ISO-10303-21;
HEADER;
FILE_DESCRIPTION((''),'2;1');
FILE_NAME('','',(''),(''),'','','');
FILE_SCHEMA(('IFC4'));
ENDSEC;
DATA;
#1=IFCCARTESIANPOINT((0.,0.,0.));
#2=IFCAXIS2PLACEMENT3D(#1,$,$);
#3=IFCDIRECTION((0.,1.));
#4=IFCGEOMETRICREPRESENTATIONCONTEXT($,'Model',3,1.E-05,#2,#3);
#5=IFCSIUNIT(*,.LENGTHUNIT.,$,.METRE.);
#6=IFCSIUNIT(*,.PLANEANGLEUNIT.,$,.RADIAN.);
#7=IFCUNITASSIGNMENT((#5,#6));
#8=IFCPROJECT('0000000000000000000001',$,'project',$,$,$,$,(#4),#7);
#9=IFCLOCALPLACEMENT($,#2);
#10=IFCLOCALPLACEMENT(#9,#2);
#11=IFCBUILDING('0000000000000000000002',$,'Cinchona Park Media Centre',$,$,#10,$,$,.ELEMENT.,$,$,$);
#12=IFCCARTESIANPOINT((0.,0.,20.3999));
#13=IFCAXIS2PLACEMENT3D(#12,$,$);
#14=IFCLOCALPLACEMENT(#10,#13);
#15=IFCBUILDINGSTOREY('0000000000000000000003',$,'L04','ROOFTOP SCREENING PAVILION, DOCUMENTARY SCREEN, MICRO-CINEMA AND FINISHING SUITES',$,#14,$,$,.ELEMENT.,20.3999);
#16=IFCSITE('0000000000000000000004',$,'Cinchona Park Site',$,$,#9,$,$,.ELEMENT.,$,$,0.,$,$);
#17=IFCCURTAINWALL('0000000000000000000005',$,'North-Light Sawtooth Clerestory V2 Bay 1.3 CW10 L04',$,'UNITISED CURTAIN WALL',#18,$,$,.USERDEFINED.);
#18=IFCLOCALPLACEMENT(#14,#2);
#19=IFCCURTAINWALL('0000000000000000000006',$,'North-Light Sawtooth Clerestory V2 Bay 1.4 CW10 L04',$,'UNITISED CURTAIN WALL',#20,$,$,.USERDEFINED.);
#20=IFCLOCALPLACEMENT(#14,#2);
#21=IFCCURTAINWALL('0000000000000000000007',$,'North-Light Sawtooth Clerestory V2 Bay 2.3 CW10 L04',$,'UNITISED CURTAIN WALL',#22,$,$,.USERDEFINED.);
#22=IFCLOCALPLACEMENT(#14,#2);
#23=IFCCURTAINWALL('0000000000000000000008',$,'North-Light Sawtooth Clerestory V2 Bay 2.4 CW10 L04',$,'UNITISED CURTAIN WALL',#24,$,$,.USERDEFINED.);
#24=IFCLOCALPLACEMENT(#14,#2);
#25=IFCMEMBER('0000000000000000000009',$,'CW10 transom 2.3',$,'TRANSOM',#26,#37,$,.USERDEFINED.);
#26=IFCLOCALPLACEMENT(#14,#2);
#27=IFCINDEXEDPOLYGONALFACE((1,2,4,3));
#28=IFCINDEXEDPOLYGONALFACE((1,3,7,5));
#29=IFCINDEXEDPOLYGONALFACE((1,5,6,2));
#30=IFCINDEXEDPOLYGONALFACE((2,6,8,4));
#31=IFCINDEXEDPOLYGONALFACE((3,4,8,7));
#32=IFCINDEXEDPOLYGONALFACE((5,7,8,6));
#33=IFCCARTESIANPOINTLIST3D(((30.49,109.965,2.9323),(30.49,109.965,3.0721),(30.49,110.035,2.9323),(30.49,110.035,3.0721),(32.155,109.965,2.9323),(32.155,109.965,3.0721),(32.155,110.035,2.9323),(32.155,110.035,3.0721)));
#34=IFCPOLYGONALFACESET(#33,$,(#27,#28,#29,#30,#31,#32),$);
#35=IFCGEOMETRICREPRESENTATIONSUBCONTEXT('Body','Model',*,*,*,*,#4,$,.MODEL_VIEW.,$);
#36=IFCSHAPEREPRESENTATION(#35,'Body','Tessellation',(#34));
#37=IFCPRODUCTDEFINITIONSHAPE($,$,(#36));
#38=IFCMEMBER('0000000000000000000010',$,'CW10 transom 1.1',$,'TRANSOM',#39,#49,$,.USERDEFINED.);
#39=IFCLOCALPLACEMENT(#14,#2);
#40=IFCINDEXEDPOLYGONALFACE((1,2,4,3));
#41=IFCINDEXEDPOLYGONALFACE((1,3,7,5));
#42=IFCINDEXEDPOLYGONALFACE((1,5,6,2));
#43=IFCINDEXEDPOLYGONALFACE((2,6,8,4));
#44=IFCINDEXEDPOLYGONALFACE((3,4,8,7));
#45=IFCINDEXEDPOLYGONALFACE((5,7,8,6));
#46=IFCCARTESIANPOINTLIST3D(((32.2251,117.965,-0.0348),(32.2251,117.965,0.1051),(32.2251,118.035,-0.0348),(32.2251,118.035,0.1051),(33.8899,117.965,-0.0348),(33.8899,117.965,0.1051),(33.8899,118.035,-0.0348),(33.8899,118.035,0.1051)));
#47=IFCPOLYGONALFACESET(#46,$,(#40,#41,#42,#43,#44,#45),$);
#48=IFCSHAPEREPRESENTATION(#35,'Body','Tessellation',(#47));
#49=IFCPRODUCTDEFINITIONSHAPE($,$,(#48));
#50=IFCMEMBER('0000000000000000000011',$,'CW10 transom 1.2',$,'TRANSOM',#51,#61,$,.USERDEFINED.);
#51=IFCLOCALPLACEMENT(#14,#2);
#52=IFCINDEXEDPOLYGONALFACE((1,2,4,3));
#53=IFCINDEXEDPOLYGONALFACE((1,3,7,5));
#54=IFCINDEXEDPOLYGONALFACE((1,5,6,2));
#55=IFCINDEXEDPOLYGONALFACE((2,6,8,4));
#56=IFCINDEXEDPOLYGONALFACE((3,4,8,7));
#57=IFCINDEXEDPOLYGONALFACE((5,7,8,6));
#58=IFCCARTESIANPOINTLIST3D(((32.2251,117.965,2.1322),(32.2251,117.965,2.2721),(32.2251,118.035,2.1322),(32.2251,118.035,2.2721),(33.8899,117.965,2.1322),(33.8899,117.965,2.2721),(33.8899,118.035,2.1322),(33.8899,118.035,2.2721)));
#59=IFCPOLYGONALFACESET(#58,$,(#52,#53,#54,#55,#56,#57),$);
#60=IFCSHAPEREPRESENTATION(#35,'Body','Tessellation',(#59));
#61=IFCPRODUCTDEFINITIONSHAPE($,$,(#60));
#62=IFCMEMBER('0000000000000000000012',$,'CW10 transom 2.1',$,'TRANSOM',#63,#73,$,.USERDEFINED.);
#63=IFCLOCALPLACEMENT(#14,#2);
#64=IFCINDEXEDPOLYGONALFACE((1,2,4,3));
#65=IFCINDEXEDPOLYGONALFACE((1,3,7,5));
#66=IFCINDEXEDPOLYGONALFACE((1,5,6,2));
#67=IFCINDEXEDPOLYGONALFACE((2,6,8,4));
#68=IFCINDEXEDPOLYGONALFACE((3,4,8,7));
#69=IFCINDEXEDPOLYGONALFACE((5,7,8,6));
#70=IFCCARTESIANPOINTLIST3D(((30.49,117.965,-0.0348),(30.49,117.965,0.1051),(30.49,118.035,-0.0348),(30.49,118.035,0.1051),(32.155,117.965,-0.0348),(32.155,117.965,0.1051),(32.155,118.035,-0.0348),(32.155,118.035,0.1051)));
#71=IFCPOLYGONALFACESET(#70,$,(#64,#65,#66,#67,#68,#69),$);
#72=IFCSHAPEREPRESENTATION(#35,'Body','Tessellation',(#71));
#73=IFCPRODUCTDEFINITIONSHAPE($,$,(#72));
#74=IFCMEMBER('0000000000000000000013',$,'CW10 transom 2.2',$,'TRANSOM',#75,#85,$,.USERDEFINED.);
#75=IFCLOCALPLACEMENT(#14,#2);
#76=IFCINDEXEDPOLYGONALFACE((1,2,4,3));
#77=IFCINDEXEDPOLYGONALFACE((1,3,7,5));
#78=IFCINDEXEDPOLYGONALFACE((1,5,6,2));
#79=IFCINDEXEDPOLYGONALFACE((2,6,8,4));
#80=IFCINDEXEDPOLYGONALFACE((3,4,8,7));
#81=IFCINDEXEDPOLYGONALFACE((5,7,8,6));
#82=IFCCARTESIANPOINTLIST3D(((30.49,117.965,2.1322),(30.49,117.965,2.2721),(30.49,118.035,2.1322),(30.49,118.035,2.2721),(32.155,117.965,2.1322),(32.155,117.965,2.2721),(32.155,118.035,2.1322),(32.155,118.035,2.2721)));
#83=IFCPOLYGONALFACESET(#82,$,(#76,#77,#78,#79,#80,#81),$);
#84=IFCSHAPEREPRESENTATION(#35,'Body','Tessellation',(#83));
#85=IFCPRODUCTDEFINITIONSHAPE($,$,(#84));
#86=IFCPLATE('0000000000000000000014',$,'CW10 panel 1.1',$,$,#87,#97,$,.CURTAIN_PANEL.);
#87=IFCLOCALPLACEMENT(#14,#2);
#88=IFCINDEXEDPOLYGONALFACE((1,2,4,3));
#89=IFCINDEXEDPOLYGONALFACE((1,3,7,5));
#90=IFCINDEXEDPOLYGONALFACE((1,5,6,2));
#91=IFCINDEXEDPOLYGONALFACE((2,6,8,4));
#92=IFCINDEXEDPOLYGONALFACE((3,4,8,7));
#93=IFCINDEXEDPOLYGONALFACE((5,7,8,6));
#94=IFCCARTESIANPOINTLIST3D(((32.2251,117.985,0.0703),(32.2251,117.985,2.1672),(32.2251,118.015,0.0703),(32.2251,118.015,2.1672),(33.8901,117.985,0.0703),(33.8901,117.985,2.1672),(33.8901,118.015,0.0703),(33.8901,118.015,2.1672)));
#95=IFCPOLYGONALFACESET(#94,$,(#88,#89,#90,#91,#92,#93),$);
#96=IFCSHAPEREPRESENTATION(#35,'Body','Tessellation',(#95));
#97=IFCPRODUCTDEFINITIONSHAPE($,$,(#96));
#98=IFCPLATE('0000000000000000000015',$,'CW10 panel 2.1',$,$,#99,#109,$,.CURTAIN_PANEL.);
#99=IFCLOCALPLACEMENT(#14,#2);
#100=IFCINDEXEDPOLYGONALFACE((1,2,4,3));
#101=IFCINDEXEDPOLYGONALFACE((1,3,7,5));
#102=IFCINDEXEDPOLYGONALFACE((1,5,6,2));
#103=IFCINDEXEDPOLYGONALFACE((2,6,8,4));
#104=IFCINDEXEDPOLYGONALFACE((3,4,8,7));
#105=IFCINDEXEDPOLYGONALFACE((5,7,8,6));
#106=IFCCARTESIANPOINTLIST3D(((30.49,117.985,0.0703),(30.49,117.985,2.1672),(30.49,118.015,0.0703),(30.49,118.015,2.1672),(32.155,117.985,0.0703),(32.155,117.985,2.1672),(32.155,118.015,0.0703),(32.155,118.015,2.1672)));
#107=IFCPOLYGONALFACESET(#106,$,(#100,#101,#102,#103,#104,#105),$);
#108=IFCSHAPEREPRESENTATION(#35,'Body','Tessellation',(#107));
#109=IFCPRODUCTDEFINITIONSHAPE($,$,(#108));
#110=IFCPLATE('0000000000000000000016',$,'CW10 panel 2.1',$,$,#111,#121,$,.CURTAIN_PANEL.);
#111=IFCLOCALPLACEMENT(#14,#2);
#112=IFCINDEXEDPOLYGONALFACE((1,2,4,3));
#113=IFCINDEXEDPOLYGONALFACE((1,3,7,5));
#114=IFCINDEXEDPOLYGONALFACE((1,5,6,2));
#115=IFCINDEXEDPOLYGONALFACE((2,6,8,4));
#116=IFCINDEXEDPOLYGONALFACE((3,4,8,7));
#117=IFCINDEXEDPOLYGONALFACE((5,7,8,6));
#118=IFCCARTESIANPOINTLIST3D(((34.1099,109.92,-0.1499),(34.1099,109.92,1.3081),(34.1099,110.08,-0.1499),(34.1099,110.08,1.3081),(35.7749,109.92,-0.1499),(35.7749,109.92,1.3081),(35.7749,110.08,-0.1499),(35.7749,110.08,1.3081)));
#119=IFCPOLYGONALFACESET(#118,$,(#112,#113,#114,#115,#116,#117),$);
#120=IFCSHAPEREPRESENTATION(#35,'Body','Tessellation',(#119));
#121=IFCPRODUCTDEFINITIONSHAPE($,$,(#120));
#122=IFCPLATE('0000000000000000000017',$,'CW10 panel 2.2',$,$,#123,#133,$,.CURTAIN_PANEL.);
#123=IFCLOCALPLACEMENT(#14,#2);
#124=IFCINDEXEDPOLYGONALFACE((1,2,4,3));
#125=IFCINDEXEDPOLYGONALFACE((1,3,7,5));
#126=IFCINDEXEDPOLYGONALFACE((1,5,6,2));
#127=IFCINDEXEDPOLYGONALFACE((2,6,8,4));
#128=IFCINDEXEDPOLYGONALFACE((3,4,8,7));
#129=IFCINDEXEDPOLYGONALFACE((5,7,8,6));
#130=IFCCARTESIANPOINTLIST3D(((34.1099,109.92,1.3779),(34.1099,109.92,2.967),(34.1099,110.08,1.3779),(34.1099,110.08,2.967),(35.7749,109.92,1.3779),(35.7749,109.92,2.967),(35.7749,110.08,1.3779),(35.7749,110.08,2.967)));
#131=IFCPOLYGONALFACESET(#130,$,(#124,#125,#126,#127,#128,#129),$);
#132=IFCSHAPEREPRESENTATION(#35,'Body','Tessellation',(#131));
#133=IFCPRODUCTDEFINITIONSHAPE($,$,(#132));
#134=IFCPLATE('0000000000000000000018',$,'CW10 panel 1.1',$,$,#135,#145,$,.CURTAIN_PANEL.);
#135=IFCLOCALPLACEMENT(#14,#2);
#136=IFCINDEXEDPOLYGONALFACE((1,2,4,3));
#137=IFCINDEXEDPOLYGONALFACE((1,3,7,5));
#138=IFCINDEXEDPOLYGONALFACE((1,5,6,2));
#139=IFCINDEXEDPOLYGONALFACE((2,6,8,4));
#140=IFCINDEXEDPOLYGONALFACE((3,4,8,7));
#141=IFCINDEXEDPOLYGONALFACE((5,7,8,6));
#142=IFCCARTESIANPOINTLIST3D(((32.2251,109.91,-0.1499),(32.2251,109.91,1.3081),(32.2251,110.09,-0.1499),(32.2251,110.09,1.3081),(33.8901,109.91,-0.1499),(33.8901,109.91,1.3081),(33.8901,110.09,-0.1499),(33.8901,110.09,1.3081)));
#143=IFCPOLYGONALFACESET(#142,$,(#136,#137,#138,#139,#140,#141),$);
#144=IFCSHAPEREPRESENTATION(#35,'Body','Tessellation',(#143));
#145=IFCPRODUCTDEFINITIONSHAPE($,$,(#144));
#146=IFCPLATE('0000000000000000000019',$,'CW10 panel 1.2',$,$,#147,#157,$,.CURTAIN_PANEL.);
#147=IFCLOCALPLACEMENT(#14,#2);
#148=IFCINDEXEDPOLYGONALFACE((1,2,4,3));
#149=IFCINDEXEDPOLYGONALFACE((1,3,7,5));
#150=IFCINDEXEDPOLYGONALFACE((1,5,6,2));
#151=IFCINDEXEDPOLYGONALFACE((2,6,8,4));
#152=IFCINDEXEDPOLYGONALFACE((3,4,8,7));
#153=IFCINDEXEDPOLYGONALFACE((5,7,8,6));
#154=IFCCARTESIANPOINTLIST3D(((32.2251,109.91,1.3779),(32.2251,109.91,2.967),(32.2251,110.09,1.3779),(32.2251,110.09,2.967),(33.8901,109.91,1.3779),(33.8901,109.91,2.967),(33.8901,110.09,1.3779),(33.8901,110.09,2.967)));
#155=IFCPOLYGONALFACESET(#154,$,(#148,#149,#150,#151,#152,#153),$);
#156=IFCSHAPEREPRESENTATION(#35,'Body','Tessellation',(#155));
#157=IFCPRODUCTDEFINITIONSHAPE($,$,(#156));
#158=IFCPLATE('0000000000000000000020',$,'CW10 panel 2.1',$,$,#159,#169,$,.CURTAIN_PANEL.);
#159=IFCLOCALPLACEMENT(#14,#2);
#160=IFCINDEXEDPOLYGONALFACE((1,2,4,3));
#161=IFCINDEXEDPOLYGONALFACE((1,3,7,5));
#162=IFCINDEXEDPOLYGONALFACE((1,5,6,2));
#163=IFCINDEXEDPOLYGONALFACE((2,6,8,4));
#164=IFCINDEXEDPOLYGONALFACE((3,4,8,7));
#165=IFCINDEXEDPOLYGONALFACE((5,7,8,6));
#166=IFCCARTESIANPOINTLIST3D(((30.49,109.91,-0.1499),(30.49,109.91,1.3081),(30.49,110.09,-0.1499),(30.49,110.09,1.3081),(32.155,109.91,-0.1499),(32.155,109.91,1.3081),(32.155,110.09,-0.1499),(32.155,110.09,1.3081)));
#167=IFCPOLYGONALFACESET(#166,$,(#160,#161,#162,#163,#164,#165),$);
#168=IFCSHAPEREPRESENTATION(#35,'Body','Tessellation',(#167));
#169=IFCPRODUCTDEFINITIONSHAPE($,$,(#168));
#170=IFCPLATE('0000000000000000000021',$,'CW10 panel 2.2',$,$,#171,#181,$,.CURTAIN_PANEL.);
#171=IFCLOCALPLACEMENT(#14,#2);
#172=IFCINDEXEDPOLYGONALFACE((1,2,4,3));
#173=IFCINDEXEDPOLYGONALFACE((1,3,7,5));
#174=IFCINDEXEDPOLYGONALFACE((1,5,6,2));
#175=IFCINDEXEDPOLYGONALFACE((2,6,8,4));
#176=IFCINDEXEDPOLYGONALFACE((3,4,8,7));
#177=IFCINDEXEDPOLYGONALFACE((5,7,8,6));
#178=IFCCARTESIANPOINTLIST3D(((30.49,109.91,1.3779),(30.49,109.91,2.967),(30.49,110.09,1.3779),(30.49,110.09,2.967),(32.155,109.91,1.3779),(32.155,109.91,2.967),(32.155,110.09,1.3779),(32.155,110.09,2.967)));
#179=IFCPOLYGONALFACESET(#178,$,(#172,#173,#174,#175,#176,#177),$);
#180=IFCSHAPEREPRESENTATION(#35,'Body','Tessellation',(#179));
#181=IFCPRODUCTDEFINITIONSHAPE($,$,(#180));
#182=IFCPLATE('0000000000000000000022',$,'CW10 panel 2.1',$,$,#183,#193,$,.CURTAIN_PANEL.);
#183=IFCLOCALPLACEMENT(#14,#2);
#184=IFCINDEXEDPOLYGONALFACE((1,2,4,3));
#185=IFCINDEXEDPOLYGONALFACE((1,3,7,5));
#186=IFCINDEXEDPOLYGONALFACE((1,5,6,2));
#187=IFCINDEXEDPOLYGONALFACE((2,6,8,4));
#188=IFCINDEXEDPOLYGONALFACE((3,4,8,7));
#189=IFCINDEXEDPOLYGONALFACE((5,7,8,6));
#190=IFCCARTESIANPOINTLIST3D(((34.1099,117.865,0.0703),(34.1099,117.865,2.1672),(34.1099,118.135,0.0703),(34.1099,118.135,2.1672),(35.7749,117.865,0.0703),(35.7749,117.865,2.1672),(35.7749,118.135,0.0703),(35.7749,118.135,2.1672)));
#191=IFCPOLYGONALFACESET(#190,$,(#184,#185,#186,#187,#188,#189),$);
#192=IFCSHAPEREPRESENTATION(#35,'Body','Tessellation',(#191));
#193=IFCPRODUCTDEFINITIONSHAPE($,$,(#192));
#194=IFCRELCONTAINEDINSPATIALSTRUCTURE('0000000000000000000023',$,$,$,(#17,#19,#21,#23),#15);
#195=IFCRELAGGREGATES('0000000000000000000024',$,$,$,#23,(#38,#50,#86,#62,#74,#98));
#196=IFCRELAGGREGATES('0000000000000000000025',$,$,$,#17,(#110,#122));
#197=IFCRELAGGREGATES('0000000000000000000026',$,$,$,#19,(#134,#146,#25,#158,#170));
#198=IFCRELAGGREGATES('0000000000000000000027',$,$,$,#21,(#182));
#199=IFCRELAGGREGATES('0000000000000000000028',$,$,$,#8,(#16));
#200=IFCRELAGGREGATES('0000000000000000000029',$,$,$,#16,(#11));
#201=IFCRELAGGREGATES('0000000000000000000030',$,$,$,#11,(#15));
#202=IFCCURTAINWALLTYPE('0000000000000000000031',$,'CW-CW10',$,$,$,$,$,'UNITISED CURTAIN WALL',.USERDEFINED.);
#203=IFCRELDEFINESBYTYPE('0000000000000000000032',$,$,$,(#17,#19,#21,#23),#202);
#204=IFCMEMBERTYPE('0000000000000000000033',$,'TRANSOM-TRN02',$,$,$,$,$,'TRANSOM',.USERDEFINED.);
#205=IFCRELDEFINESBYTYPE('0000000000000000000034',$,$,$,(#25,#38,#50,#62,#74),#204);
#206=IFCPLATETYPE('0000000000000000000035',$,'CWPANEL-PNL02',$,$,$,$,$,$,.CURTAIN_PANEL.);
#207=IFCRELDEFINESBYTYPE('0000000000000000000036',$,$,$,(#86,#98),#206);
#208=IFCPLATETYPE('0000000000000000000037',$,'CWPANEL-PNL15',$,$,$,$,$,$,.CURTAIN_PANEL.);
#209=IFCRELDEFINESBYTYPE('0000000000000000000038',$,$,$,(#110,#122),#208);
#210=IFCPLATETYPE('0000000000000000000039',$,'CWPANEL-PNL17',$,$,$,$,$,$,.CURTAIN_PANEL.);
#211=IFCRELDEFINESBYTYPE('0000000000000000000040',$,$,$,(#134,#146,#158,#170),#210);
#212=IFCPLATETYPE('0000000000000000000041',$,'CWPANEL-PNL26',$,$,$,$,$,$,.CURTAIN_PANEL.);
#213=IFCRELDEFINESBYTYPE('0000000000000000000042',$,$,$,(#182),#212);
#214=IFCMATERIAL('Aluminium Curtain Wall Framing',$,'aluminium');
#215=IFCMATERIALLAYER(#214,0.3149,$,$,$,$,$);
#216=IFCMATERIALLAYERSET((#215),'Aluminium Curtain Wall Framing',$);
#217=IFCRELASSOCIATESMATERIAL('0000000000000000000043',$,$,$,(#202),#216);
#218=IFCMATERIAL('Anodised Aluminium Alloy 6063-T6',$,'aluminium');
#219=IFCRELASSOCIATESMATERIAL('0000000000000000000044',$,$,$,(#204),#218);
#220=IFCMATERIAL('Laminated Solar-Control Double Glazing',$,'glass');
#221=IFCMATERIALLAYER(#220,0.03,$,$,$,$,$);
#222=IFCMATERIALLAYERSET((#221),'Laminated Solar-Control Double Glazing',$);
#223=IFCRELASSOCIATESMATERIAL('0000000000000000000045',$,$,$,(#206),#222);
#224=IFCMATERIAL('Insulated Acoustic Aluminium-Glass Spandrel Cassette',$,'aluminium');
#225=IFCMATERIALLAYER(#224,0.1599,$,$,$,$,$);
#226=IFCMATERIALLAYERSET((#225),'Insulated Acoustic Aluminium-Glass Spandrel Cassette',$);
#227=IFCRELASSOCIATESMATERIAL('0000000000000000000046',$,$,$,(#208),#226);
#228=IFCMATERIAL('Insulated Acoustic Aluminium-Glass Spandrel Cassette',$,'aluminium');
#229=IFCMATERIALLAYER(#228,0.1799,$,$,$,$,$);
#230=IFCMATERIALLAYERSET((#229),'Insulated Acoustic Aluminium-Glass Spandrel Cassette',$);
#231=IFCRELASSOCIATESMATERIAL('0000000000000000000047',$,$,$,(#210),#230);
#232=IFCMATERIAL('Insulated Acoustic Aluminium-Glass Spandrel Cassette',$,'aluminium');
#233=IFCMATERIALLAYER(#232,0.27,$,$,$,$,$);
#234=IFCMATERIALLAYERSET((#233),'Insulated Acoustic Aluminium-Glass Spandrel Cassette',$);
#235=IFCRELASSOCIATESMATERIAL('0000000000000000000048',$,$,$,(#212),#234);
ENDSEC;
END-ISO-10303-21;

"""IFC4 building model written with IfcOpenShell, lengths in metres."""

from ifc_helpers import new_model, si_unit, direction, frame, origin, origin_2d, place, context, subcontext, project, spatial, rectangle, extrude, material, layer, layer_set, material_profile, profile_set, type_object, element, aggregate, save


model = new_model("IFC4")

# Units and contexts
model_context = context("Model", 3, precision=1e-05, world=origin(), true_north=direction((0.0, 1.0)))
body_context = subcontext(model_context, "Body", "Model", "MODEL_VIEW")
ifc_project = project(units=[si_unit("LENGTHUNIT", "METRE"), si_unit("PLANEANGLEUNIT", "RADIAN")], contexts=[model_context])

# Site, building, storey
site_placement = place(None, origin())
site = spatial("IfcSite", under=ifc_project, at=site_placement, Name="Cinchona Park Site", CompositionType="ELEMENT", RefElevation=0.0)
building_placement = place(site_placement, origin())
building = spatial("IfcBuilding", under=site, at=building_placement, Name="Cinchona Park Media Centre", CompositionType="ELEMENT")
storey_placement = place(building_placement, frame((0.0, 0.0, 20.3999)))
storey = spatial("IfcBuildingStorey", under=building, at=storey_placement, Name="L04", Description="ROOFTOP SCREENING PAVILION, DOCUMENTARY SCREEN, MICRO-CINEMA AND FINISHING SUITES", CompositionType="ELEMENT", Elevation=20.3999)

# Curtain wall
ifc_material_1 = material(Name="Aluminium Curtain Wall Framing", Category="aluminium")
ifc_layer_1 = layer(ifc_material_1, 0.3149)
ifc_layer_set_1 = layer_set([ifc_layer_1], Name="Aluminium Curtain Wall Framing")
curtain_wall_type = type_object("IfcCurtainWallType", Name="CW-CW10", ElementType="UNITISED CURTAIN WALL", PredefinedType="USERDEFINED", material=ifc_layer_set_1)
curtain_wall_1_placement = place(storey_placement, origin())
curtain_wall_1 = element("IfcCurtainWall", 1, at=curtain_wall_1_placement, inside=storey, type_object=curtain_wall_type, Name="North-Light Sawtooth Clerestory V2 Bay 1.3 CW10 L04", ObjectType="UNITISED CURTAIN WALL", PredefinedType="USERDEFINED")

# Curtain wall
curtain_wall_2_placement = place(storey_placement, origin())
curtain_wall_2 = element("IfcCurtainWall", 2, at=curtain_wall_2_placement, inside=storey, type_object=curtain_wall_type, Name="North-Light Sawtooth Clerestory V2 Bay 1.4 CW10 L04", ObjectType="UNITISED CURTAIN WALL", PredefinedType="USERDEFINED")

# Curtain wall
curtain_wall_3_placement = place(storey_placement, origin())
curtain_wall_3 = element("IfcCurtainWall", 3, at=curtain_wall_3_placement, inside=storey, type_object=curtain_wall_type, Name="North-Light Sawtooth Clerestory V2 Bay 2.3 CW10 L04", ObjectType="UNITISED CURTAIN WALL", PredefinedType="USERDEFINED")

# Curtain wall
curtain_wall_4_placement = place(storey_placement, origin())
curtain_wall_4 = element("IfcCurtainWall", 4, at=curtain_wall_4_placement, inside=storey, type_object=curtain_wall_type, Name="North-Light Sawtooth Clerestory V2 Bay 2.4 CW10 L04", ObjectType="UNITISED CURTAIN WALL", PredefinedType="USERDEFINED")

# Members
ifc_material_2 = material(Name="Anodised Aluminium Alloy 6063-T6", Category="aluminium")
ifc_material_profile_1 = material_profile(ifc_material_2, rectangle(XDim=0.0701, YDim=0.1399, at=origin_2d()), Name="TRN-70X140")
ifc_profile_set_1 = profile_set([ifc_material_profile_1], Name="Anodised Aluminium Alloy 6063-T6")
member_type_1 = type_object("IfcMemberType", Name="TRANSOM-TRN02", ElementType="TRANSOM", PredefinedType="USERDEFINED", material=ifc_profile_set_1)
member_1_placement = place(storey_placement, frame((32.155, 110.0, 3.0022), z_axis=(-1.0, 0.0, 0.0), x_axis=(0.0, -1.0, 0.0)))
member_1 = element("IfcMember", 5, at=member_1_placement, type_object=member_type_1, Name="CW10 transom 2.3", ObjectType="TRANSOM", PredefinedType="USERDEFINED", context=body_context, shape_type="SweptSolid", body=[
    extrude(rectangle(XDim=0.0701, YDim=0.1399, at=origin_2d()), origin(), (0.0, 0.0, 1.0), 1.665),
])
member_2_placement = place(storey_placement, frame((33.8899, 118.0, 0.0352), z_axis=(-1.0, 0.0, 0.0), x_axis=(0.0, -1.0, 0.0)))
member_2 = element("IfcMember", 6, at=member_2_placement, type_object=member_type_1, Name="CW10 transom 1.1", ObjectType="TRANSOM", PredefinedType="USERDEFINED", context=body_context, shape_type="SweptSolid", body=[
    extrude(rectangle(XDim=0.0701, YDim=0.1399, at=origin_2d()), origin(), (0.0, 0.0, 1.0), 1.6648),
])
member_3_placement = place(storey_placement, frame((33.8899, 118.0, 2.2021), z_axis=(-1.0, 0.0, 0.0), x_axis=(0.0, -1.0, 0.0)))
member_3 = element("IfcMember", 7, at=member_3_placement, type_object=member_type_1, Name="CW10 transom 1.2", ObjectType="TRANSOM", PredefinedType="USERDEFINED", context=body_context, shape_type="SweptSolid", body=[
    extrude(rectangle(XDim=0.0701, YDim=0.1399, at=origin_2d()), origin(), (0.0, 0.0, 1.0), 1.6648),
])
member_4_placement = place(storey_placement, frame((32.155, 118.0, 0.0352), z_axis=(-1.0, 0.0, 0.0), x_axis=(0.0, -1.0, 0.0)))
member_4 = element("IfcMember", 8, at=member_4_placement, type_object=member_type_1, Name="CW10 transom 2.1", ObjectType="TRANSOM", PredefinedType="USERDEFINED", context=body_context, shape_type="SweptSolid", body=[
    extrude(rectangle(XDim=0.0701, YDim=0.1399, at=origin_2d()), origin(), (0.0, 0.0, 1.0), 1.665),
])
member_5_placement = place(storey_placement, frame((32.155, 118.0, 2.2021), z_axis=(-1.0, 0.0, 0.0), x_axis=(0.0, -1.0, 0.0)))
member_5 = element("IfcMember", 9, at=member_5_placement, type_object=member_type_1, Name="CW10 transom 2.2", ObjectType="TRANSOM", PredefinedType="USERDEFINED", context=body_context, shape_type="SweptSolid", body=[
    extrude(rectangle(XDim=0.0701, YDim=0.1399, at=origin_2d()), origin(), (0.0, 0.0, 1.0), 1.665),
])

# Plates
ifc_material_3 = material(Name="Laminated Solar-Control Double Glazing", Category="glass")
ifc_layer_2 = layer(ifc_material_3, 0.03)
ifc_layer_set_2 = layer_set([ifc_layer_2], Name="Laminated Solar-Control Double Glazing")
plate_type_1 = type_object("IfcPlateType", Name="CWPANEL-PNL02", PredefinedType="CURTAIN_PANEL", material=ifc_layer_set_2)
plate_1_placement = place(storey_placement, frame((33.0576, 118.0, 0.0703), z_axis=(0.0, 0.0, 1.0), x_axis=(-1.0, 0.0, 0.0)))
plate_1 = element("IfcPlate", 10, at=plate_1_placement, type_object=plate_type_1, Name="CW10 panel 1.1", PredefinedType="CURTAIN_PANEL", context=body_context, shape_type="SweptSolid", body=[
    extrude(rectangle(XDim=1.665, YDim=0.03, at=origin_2d()), origin(), (0.0, 0.0, 1.0), 2.0969),
])
plate_2_placement = place(storey_placement, frame((31.3225, 118.0, 0.0703), z_axis=(0.0, 0.0, 1.0), x_axis=(-1.0, 0.0, 0.0)))
plate_2 = element("IfcPlate", 11, at=plate_2_placement, type_object=plate_type_1, Name="CW10 panel 2.1", PredefinedType="CURTAIN_PANEL", context=body_context, shape_type="SweptSolid", body=[
    extrude(rectangle(XDim=1.665, YDim=0.03, at=origin_2d()), origin(), (0.0, 0.0, 1.0), 2.0969),
])
aggregate(curtain_wall_4, [member_2, member_3, plate_1, member_4, member_5, plate_2])
ifc_material_4 = material(Name="Insulated Acoustic Aluminium-Glass Spandrel Cassette", Category="aluminium")
ifc_layer_3 = layer(ifc_material_4, 0.1599)
ifc_layer_set_3 = layer_set([ifc_layer_3], Name="Insulated Acoustic Aluminium-Glass Spandrel Cassette")
plate_type_2 = type_object("IfcPlateType", Name="CWPANEL-PNL15", PredefinedType="CURTAIN_PANEL", material=ifc_layer_set_3)
plate_3_placement = place(storey_placement, frame((34.9424, 110.0, -0.1499), z_axis=(0.0, 0.0, 1.0), x_axis=(-1.0, 0.0, 0.0)))
plate_3 = element("IfcPlate", 12, at=plate_3_placement, type_object=plate_type_2, Name="CW10 panel 2.1", PredefinedType="CURTAIN_PANEL", context=body_context, shape_type="SweptSolid", body=[
    extrude(rectangle(XDim=1.665, YDim=0.1599, at=origin_2d()), origin(), (0.0, 0.0, 1.0), 1.458),
])
plate_4_placement = place(storey_placement, frame((34.9424, 110.0, 1.3779), z_axis=(0.0, 0.0, 1.0), x_axis=(-1.0, 0.0, 0.0)))
plate_4 = element("IfcPlate", 13, at=plate_4_placement, type_object=plate_type_2, Name="CW10 panel 2.2", PredefinedType="CURTAIN_PANEL", context=body_context, shape_type="SweptSolid", body=[
    extrude(rectangle(XDim=1.665, YDim=0.1599, at=origin_2d()), origin(), (0.0, 0.0, 1.0), 1.5891),
])
aggregate(curtain_wall_1, [plate_3, plate_4])
ifc_material_5 = material(Name="Insulated Acoustic Aluminium-Glass Spandrel Cassette", Category="aluminium")
ifc_layer_4 = layer(ifc_material_5, 0.1799)
ifc_layer_set_4 = layer_set([ifc_layer_4], Name="Insulated Acoustic Aluminium-Glass Spandrel Cassette")
plate_type_3 = type_object("IfcPlateType", Name="CWPANEL-PNL17", PredefinedType="CURTAIN_PANEL", material=ifc_layer_set_4)
plate_5_placement = place(storey_placement, frame((33.0576, 110.0, -0.1499), z_axis=(0.0, 0.0, 1.0), x_axis=(-1.0, 0.0, 0.0)))
plate_5 = element("IfcPlate", 14, at=plate_5_placement, type_object=plate_type_3, Name="CW10 panel 1.1", PredefinedType="CURTAIN_PANEL", context=body_context, shape_type="SweptSolid", body=[
    extrude(rectangle(XDim=1.665, YDim=0.1799, at=origin_2d()), origin(), (0.0, 0.0, 1.0), 1.458),
])
plate_6_placement = place(storey_placement, frame((33.0576, 110.0, 1.3779), z_axis=(0.0, 0.0, 1.0), x_axis=(-1.0, 0.0, 0.0)))
plate_6 = element("IfcPlate", 15, at=plate_6_placement, type_object=plate_type_3, Name="CW10 panel 1.2", PredefinedType="CURTAIN_PANEL", context=body_context, shape_type="SweptSolid", body=[
    extrude(rectangle(XDim=1.665, YDim=0.1799, at=origin_2d()), origin(), (0.0, 0.0, 1.0), 1.5891),
])
plate_7_placement = place(storey_placement, frame((31.3225, 110.0, -0.1499), z_axis=(0.0, 0.0, 1.0), x_axis=(-1.0, 0.0, 0.0)))
plate_7 = element("IfcPlate", 16, at=plate_7_placement, type_object=plate_type_3, Name="CW10 panel 2.1", PredefinedType="CURTAIN_PANEL", context=body_context, shape_type="SweptSolid", body=[
    extrude(rectangle(XDim=1.665, YDim=0.1799, at=origin_2d()), origin(), (0.0, 0.0, 1.0), 1.458),
])
plate_8_placement = place(storey_placement, frame((31.3225, 110.0, 1.3779), z_axis=(0.0, 0.0, 1.0), x_axis=(-1.0, 0.0, 0.0)))
plate_8 = element("IfcPlate", 17, at=plate_8_placement, type_object=plate_type_3, Name="CW10 panel 2.2", PredefinedType="CURTAIN_PANEL", context=body_context, shape_type="SweptSolid", body=[
    extrude(rectangle(XDim=1.665, YDim=0.1799, at=origin_2d()), origin(), (0.0, 0.0, 1.0), 1.5891),
])
aggregate(curtain_wall_2, [plate_5, plate_6, member_1, plate_7, plate_8])
ifc_material_6 = material(Name="Insulated Acoustic Aluminium-Glass Spandrel Cassette", Category="aluminium")
ifc_layer_5 = layer(ifc_material_6, 0.27)
ifc_layer_set_5 = layer_set([ifc_layer_5], Name="Insulated Acoustic Aluminium-Glass Spandrel Cassette")
plate_type_4 = type_object("IfcPlateType", Name="CWPANEL-PNL26", PredefinedType="CURTAIN_PANEL", material=ifc_layer_set_5)
plate_9_placement = place(storey_placement, frame((34.9424, 118.0, 0.0703), z_axis=(0.0, 0.0, 1.0), x_axis=(-1.0, 0.0, 0.0)))
plate_9 = element("IfcPlate", 18, at=plate_9_placement, type_object=plate_type_4, Name="CW10 panel 2.1", PredefinedType="CURTAIN_PANEL", context=body_context, shape_type="SweptSolid", body=[
    extrude(rectangle(XDim=1.665, YDim=0.27, at=origin_2d()), origin(), (0.0, 0.0, 1.0), 2.0969),
])
aggregate(curtain_wall_3, [plate_9])

save(model, "model.ifc")
